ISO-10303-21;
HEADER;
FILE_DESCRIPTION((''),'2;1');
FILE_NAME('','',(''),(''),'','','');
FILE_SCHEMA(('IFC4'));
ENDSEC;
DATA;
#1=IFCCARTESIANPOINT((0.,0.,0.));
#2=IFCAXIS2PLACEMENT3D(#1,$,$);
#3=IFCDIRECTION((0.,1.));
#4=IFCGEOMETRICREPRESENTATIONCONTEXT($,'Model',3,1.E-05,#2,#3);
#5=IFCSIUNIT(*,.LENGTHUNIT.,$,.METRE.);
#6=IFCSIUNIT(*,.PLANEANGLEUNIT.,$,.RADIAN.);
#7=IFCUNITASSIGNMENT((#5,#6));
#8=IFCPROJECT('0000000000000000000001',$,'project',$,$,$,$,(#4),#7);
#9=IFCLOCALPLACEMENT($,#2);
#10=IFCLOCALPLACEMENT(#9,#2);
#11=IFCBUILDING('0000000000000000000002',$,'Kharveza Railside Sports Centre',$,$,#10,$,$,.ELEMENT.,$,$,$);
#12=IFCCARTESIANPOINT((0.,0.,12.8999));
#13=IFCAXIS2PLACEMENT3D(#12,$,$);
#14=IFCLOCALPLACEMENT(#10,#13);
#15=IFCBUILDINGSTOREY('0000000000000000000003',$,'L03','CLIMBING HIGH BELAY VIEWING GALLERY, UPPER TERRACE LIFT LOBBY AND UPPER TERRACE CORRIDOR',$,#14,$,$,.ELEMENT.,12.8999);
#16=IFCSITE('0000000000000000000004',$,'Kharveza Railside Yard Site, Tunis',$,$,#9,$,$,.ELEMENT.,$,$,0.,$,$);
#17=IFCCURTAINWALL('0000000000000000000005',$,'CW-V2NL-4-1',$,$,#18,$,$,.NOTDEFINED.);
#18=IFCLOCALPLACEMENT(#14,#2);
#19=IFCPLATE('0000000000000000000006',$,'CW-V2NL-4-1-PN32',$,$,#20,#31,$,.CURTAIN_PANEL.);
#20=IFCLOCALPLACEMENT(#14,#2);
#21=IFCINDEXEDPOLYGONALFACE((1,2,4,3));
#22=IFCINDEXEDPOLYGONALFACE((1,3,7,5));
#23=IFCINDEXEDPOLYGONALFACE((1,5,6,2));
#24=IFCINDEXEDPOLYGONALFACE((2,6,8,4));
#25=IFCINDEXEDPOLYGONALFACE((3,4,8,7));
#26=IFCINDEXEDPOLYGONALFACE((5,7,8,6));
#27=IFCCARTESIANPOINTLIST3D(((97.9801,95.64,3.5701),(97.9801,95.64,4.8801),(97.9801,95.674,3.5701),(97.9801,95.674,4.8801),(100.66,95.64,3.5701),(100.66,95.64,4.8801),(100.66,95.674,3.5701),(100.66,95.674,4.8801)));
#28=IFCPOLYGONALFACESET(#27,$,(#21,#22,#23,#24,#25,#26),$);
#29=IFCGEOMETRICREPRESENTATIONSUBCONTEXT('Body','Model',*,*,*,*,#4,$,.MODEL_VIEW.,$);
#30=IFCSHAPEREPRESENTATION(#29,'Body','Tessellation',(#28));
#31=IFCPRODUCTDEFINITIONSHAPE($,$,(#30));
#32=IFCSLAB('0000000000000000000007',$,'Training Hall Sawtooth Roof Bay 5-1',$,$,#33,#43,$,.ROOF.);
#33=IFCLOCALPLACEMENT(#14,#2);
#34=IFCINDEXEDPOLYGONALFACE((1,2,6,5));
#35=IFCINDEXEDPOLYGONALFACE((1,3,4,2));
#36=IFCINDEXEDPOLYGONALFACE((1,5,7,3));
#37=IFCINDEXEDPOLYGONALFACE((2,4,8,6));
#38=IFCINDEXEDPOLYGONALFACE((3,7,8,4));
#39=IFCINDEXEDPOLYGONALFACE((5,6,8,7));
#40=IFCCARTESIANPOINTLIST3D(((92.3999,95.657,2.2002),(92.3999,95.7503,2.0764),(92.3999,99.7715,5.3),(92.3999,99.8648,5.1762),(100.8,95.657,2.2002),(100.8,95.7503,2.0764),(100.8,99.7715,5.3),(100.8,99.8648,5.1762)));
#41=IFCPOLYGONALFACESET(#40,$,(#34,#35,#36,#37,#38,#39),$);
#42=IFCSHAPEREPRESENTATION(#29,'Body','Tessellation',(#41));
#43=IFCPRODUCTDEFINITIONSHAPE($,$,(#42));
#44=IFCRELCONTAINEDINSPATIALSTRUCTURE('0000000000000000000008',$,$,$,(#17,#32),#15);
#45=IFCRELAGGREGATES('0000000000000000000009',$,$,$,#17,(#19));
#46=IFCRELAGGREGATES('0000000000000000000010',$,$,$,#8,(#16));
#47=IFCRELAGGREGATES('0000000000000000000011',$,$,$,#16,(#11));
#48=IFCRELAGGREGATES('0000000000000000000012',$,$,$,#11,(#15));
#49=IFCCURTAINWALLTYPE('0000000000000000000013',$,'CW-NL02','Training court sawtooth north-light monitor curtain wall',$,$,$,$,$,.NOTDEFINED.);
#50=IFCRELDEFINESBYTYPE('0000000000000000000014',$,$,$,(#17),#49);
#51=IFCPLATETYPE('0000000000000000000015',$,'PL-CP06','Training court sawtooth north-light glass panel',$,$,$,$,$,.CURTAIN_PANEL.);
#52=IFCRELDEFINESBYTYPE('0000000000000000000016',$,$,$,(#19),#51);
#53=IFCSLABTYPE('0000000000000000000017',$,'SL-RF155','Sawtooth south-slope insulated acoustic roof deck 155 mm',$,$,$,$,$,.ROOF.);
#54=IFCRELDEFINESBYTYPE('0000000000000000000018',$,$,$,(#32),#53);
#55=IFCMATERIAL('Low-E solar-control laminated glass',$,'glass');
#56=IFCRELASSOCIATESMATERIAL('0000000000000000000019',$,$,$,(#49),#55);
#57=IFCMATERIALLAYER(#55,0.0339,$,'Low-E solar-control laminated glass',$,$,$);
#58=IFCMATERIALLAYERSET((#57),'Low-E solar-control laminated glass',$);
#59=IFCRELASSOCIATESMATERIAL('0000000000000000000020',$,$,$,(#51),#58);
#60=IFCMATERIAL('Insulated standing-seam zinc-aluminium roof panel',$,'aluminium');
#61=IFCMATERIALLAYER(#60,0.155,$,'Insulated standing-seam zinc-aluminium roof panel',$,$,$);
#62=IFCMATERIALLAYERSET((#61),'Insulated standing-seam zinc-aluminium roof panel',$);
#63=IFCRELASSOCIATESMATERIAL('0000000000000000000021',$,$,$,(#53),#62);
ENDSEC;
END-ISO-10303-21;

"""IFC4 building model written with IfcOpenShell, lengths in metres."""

from ifc_helpers import new_model, si_unit, direction, frame, origin, origin_2d, place, context, subcontext, project, spatial, polyline, rectangle, outline, extrude, material, layer, layer_set, type_object, element, aggregate, save


model = new_model("IFC4")

# Units and contexts
model_context = context("Model", 3, precision=1e-05, world=origin(), true_north=direction((0.0, 1.0)))
body_context = subcontext(model_context, "Body", "Model", "MODEL_VIEW")
ifc_project = project(units=[si_unit("LENGTHUNIT", "METRE"), si_unit("PLANEANGLEUNIT", "RADIAN")], contexts=[model_context])

# Site, building, storey
site_placement = place(None, origin())
site = spatial("IfcSite", under=ifc_project, at=site_placement, Name="Kharveza Railside Yard Site, Tunis", CompositionType="ELEMENT", RefElevation=0.0)
building_placement = place(site_placement, origin())
building = spatial("IfcBuilding", under=site, at=building_placement, Name="Kharveza Railside Sports Centre", CompositionType="ELEMENT")
storey_placement = place(building_placement, frame((0.0, 0.0, 12.8999)))
storey = spatial("IfcBuildingStorey", under=building, at=storey_placement, Name="L03", Description="CLIMBING HIGH BELAY VIEWING GALLERY, UPPER TERRACE LIFT LOBBY AND UPPER TERRACE CORRIDOR", CompositionType="ELEMENT", Elevation=12.8999)

# Curtain wall
ifc_material_1 = material(Name="Low-E solar-control laminated glass", Category="glass")
curtain_wall_type = type_object("IfcCurtainWallType", Name="CW-NL02", Description="Training court sawtooth north-light monitor curtain wall", PredefinedType="NOTDEFINED", material=ifc_material_1)
curtain_wall_1_placement = place(storey_placement, origin())
curtain_wall_1 = element("IfcCurtainWall", 1, at=curtain_wall_1_placement, inside=storey, type_object=curtain_wall_type, Name="CW-V2NL-4-1", PredefinedType="NOTDEFINED")

# Plate
ifc_layer_1 = layer(ifc_material_1, 0.0339, Name="Low-E solar-control laminated glass")
ifc_layer_set_1 = layer_set([ifc_layer_1], Name="Low-E solar-control laminated glass")
plate_type = type_object("IfcPlateType", Name="PL-CP06", Description="Training court sawtooth north-light glass panel", PredefinedType="CURTAIN_PANEL", material=ifc_layer_set_1)
plate_1_placement = place(storey_placement, frame((99.3201, 95.657, 3.5701), z_axis=(0.0, 0.0, 1.0), x_axis=(1.0, 0.0, 0.0)))
plate_1 = element("IfcPlate", 2, at=plate_1_placement, type_object=plate_type, Name="CW-V2NL-4-1-PN32", PredefinedType="CURTAIN_PANEL", context=body_context, shape_type="SweptSolid", body=[
    extrude(rectangle(XDim=2.6799, YDim=0.0339, at=origin_2d()), origin(), (0.0, 0.0, 1.0), 1.3101),
])
aggregate(curtain_wall_1, [plate_1])

# Slab
ifc_material_2 = material(Name="Insulated standing-seam zinc-aluminium roof panel", Category="aluminium")
ifc_layer_2 = layer(ifc_material_2, 0.155, Name="Insulated standing-seam zinc-aluminium roof panel")
ifc_layer_set_2 = layer_set([ifc_layer_2], Name="Insulated standing-seam zinc-aluminium roof panel")
slab_type = type_object("IfcSlabType", Name="SL-RF155", Description="Sawtooth south-slope insulated acoustic roof deck 155 mm", PredefinedType="ROOF", material=ifc_layer_set_2)
slab_placement = place(storey_placement, frame((92.3999, 95.657, 2.2002), z_axis=(0.0, -0.601735, 0.798696), x_axis=(1.0, 0.0, 0.0)))
element("IfcSlab", 3, at=slab_placement, inside=storey, type_object=slab_type, Name="Training Hall Sawtooth Roof Bay 5-1", PredefinedType="ROOF", context=body_context, shape_type="SweptSolid", body=[
    extrude(outline(polyline([(0.0, 0.0), (8.4001, 0.0), (8.4001, 5.1515), (0.0, 5.1515), (0.0, 0.0)])), origin(), (0.0, 0.0, -1.0), 0.155),
])

save(model, "model.ifc")
